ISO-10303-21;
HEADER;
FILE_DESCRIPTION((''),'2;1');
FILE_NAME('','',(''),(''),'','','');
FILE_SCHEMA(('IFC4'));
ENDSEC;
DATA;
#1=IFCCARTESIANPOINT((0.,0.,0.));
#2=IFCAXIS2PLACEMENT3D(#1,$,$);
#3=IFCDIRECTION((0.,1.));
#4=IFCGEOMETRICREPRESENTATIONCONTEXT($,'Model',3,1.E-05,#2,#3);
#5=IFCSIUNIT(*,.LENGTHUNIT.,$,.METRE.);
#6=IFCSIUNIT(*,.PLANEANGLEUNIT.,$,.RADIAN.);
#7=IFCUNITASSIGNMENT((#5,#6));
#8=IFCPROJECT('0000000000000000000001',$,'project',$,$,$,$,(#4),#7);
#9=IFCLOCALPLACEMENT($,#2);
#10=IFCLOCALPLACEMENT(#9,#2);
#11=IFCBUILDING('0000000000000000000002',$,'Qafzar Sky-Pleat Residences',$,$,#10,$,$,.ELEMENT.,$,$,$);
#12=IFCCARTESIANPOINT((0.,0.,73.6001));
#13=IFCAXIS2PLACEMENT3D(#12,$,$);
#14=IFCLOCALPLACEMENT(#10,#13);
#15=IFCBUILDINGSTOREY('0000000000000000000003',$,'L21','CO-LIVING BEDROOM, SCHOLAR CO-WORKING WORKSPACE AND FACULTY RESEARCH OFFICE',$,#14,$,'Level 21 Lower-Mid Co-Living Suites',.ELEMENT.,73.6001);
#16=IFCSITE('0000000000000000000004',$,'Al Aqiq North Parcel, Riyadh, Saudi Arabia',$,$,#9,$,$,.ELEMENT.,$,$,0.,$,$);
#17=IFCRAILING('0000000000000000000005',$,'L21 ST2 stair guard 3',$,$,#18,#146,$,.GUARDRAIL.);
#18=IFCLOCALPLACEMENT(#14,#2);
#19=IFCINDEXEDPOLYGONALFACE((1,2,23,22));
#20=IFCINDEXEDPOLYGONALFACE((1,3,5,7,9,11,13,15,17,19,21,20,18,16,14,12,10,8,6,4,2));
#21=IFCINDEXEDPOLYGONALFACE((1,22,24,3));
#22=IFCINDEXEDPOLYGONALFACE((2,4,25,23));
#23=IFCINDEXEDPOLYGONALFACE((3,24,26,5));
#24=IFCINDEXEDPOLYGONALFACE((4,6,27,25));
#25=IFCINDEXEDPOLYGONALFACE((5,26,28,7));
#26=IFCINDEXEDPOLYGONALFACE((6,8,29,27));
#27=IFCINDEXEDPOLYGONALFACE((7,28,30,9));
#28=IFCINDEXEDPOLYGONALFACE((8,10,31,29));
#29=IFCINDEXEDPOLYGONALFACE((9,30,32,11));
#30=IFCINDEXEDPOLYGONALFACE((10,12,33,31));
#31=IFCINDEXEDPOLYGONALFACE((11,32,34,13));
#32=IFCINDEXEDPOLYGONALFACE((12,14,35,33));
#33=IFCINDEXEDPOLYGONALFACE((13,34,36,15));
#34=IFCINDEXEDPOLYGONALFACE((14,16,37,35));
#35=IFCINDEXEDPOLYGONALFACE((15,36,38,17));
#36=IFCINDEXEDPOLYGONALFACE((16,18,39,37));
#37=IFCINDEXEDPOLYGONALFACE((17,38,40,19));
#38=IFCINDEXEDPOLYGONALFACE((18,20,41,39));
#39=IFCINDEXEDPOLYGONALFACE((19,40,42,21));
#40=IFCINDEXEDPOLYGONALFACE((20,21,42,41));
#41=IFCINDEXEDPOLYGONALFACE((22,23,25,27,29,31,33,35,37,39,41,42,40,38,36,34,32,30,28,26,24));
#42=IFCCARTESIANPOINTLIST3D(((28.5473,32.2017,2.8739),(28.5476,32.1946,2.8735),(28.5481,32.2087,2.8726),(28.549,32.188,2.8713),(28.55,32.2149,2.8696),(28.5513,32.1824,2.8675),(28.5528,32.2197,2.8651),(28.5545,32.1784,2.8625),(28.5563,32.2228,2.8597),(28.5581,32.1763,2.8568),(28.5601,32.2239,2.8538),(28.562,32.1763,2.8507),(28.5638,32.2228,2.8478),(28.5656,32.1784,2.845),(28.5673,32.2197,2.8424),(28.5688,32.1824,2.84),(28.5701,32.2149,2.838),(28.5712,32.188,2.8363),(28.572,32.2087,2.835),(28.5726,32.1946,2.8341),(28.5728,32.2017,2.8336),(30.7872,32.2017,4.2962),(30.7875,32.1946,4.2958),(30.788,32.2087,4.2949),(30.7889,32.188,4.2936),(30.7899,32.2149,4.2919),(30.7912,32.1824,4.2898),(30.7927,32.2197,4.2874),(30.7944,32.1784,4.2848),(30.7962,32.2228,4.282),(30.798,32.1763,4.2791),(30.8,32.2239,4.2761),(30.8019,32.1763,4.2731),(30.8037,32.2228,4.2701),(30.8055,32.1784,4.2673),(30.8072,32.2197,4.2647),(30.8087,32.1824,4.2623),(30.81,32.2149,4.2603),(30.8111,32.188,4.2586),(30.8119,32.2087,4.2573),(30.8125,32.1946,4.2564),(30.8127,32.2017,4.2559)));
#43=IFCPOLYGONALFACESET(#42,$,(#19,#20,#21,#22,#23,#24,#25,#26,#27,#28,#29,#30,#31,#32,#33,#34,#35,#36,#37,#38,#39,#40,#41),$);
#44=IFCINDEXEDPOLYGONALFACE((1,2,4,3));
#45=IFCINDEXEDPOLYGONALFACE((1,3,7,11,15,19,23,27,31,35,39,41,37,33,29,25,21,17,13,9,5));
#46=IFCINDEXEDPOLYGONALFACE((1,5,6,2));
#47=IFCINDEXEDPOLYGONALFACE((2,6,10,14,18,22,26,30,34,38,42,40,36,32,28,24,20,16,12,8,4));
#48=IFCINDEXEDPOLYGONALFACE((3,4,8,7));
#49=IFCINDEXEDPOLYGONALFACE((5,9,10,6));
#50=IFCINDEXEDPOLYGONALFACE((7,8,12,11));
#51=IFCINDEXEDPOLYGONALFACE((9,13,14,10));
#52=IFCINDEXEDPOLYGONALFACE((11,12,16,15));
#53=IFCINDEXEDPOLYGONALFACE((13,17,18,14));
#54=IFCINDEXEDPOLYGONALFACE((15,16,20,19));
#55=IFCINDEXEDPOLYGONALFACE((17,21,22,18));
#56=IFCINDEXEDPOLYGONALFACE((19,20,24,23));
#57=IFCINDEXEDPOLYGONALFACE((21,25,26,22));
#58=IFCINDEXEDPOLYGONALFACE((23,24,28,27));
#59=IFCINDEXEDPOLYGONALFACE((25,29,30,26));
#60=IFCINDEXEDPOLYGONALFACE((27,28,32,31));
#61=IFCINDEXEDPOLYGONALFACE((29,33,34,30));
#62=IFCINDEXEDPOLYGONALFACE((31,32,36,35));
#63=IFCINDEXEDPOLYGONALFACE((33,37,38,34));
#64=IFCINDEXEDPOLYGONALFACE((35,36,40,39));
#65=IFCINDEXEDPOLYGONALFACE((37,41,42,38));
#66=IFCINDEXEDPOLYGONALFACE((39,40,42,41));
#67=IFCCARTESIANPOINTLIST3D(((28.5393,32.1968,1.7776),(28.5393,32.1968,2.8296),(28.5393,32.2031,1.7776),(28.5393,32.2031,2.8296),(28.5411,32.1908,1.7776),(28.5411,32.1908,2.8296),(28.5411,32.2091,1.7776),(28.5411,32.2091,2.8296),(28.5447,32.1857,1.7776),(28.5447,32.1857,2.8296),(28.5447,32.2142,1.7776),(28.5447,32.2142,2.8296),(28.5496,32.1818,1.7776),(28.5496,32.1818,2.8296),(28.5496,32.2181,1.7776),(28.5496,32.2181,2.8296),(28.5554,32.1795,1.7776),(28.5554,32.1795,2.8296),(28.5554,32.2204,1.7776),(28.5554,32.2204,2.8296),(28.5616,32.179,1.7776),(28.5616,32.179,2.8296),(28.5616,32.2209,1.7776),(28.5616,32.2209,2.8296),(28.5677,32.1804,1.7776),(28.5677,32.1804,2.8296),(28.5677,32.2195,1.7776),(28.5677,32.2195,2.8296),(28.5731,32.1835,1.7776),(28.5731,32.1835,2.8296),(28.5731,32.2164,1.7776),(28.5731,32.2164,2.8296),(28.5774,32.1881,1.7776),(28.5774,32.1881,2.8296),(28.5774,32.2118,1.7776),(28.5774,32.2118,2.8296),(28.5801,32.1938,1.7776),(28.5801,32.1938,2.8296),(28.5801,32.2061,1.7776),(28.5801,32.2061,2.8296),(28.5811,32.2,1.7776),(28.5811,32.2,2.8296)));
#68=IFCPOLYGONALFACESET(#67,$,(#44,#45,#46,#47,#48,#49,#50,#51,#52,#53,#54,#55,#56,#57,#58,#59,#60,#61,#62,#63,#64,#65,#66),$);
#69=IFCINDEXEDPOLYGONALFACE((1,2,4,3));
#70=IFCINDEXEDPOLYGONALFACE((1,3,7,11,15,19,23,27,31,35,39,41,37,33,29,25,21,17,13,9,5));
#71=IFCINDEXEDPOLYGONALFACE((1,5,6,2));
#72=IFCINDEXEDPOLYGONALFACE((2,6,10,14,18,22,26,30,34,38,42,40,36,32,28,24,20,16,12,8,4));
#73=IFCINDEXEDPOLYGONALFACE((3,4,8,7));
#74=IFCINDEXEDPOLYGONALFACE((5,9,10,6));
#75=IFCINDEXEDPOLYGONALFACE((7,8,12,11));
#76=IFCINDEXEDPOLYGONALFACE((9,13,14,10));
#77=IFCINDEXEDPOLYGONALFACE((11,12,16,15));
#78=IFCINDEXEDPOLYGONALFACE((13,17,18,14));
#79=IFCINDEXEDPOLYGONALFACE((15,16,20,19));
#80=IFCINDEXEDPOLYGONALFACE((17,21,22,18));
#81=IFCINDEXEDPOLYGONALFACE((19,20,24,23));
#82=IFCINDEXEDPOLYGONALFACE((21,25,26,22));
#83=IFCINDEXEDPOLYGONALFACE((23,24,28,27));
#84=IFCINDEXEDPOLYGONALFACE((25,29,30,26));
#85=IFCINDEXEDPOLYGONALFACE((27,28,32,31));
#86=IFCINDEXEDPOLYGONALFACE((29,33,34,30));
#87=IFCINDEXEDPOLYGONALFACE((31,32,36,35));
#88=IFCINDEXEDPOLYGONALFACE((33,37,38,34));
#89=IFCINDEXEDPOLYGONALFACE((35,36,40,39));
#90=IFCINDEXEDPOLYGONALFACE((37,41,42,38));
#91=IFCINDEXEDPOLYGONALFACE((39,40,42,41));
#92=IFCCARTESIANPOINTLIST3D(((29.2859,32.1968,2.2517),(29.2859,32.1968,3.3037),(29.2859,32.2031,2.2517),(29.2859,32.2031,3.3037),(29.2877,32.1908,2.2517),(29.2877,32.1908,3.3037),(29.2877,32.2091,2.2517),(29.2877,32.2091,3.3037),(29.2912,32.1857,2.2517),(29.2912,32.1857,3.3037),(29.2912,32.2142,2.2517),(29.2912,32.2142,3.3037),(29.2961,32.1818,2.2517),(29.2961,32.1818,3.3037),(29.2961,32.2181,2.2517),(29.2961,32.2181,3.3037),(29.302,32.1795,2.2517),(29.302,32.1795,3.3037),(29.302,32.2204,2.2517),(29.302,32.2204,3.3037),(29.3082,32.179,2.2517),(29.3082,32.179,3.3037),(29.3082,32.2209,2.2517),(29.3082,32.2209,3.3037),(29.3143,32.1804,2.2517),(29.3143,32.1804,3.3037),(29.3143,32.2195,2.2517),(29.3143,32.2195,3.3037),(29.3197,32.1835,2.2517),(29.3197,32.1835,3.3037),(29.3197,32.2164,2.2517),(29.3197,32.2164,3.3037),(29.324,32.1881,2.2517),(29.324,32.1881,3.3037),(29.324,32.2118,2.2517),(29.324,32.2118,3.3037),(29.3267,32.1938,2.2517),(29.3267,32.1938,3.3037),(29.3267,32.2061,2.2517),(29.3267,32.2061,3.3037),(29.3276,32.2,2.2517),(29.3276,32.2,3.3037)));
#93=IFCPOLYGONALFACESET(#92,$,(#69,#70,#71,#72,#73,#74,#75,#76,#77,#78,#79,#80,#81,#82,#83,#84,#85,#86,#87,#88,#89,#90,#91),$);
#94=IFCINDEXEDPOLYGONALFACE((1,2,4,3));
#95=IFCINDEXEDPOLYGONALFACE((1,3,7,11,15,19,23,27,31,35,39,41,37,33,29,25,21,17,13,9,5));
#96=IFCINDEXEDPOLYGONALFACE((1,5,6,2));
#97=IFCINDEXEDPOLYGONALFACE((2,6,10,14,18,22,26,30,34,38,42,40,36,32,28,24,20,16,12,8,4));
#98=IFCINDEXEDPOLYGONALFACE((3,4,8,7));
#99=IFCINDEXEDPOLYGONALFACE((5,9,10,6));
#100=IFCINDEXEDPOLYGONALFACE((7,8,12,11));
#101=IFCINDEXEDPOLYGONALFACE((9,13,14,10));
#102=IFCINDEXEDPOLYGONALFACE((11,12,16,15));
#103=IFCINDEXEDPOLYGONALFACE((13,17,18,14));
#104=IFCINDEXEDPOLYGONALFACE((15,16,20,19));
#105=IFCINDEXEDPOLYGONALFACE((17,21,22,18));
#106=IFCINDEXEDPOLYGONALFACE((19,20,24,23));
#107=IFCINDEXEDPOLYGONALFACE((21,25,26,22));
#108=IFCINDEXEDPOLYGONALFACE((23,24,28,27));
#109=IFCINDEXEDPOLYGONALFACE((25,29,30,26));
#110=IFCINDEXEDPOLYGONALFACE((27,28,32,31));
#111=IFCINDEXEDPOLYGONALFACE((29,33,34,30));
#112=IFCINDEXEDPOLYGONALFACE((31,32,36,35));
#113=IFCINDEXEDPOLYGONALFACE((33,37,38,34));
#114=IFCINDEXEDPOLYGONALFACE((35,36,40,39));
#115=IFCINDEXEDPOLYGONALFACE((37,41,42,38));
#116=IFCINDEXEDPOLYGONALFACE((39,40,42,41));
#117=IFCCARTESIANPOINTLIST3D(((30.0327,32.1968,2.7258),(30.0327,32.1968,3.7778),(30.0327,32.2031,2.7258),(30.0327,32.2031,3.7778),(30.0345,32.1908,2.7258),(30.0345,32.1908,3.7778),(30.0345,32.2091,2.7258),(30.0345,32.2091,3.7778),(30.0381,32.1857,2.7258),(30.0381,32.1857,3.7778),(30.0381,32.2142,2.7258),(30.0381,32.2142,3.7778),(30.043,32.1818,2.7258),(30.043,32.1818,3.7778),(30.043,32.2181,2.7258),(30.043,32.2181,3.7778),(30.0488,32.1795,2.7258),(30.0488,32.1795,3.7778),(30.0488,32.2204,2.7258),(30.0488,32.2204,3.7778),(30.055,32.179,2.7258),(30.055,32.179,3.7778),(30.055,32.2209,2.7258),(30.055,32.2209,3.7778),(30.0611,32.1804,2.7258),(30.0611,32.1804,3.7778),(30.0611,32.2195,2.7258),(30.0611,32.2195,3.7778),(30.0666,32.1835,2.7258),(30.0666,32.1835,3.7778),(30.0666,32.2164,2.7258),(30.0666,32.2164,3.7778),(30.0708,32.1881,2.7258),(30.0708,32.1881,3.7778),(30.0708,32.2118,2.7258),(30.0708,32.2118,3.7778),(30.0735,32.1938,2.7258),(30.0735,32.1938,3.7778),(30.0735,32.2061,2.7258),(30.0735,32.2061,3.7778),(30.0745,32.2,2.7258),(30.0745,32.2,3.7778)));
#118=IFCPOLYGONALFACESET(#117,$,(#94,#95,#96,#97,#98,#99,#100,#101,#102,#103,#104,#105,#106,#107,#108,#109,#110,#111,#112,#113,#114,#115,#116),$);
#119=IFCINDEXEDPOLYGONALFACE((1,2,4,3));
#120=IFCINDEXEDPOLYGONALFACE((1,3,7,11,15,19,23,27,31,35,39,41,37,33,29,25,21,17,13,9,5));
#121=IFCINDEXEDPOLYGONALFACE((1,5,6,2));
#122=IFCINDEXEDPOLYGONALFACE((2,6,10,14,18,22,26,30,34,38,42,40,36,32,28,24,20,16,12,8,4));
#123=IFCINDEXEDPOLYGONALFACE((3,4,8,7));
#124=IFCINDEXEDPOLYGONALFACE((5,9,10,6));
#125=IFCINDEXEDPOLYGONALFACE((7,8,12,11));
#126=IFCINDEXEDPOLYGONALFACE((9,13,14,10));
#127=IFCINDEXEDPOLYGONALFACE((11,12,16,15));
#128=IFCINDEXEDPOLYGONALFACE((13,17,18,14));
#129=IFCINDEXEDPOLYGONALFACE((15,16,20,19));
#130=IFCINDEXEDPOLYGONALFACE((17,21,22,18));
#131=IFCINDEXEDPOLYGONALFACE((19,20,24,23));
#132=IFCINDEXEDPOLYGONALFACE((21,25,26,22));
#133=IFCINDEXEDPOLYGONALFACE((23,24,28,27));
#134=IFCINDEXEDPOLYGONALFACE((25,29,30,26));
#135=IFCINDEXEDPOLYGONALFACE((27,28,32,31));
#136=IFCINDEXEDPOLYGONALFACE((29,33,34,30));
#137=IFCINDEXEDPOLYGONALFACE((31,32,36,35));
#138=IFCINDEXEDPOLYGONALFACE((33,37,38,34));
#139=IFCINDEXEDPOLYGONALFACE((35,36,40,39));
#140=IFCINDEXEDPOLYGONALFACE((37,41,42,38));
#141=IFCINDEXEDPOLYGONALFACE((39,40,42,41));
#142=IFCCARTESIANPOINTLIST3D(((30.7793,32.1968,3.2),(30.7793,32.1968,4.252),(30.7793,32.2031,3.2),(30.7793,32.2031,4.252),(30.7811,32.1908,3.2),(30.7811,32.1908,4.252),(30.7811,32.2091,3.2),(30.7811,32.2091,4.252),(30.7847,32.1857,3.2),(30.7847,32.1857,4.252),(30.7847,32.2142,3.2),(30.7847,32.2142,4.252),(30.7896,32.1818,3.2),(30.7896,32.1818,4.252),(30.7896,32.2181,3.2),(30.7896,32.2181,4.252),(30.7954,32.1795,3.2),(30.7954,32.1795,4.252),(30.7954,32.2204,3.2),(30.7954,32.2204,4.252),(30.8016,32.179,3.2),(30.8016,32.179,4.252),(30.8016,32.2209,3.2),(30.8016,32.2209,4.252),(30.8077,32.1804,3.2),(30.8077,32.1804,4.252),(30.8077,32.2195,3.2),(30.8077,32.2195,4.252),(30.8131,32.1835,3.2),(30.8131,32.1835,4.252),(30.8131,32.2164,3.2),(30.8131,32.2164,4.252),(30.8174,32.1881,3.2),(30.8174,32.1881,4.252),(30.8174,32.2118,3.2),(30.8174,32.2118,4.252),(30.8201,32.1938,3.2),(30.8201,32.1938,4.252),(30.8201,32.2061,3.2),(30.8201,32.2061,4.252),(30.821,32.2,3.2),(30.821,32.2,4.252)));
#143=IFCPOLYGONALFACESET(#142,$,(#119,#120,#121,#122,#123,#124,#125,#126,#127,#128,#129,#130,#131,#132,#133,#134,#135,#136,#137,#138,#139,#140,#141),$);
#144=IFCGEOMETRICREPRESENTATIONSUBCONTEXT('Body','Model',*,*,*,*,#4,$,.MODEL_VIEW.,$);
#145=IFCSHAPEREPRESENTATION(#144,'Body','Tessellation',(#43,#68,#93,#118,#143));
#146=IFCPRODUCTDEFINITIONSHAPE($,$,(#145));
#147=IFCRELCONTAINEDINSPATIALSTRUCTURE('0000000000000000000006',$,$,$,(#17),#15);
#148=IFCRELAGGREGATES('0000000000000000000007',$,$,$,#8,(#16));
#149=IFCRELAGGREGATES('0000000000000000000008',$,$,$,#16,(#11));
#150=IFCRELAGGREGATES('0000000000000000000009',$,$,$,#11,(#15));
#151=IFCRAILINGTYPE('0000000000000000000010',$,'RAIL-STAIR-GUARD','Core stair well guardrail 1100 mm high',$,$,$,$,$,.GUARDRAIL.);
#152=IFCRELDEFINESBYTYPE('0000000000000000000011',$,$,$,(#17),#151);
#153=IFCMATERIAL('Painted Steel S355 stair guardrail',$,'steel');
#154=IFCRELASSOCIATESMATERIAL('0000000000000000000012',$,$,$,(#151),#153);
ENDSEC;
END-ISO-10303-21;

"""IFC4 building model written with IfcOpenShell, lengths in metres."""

from ifc_helpers import new_model, si_unit, direction, frame, origin, origin_2d, place, context, subcontext, project, spatial, circle, extrude, source, transform, mapped, material, type_object, element, save


model = new_model("IFC4")

# Units and contexts
model_context = context("Model", 3, precision=1e-05, world=origin(), true_north=direction((0.0, 1.0)))
body_context = subcontext(model_context, "Body", "Model", "MODEL_VIEW")
ifc_project = project(units=[si_unit("LENGTHUNIT", "METRE"), si_unit("PLANEANGLEUNIT", "RADIAN")], contexts=[model_context])

# Site, building, storey
site_placement = place(None, origin())
site = spatial("IfcSite", under=ifc_project, at=site_placement, Name="Al Aqiq North Parcel, Riyadh, Saudi Arabia", CompositionType="ELEMENT", RefElevation=0.0)
building_placement = place(site_placement, origin())
building = spatial("IfcBuilding", under=site, at=building_placement, Name="Qafzar Sky-Pleat Residences", CompositionType="ELEMENT")
storey_placement = place(building_placement, frame((0.0, 0.0, 73.6001)))
storey = spatial("IfcBuildingStorey", under=building, at=storey_placement, Name="L21", Description="CO-LIVING BEDROOM, SCHOLAR CO-WORKING WORKSPACE AND FACULTY RESEARCH OFFICE", LongName="Level 21 Lower-Mid Co-Living Suites", CompositionType="ELEMENT", Elevation=73.6001)

# Railing
ifc_material_1 = material(Name="Painted Steel S355 stair guardrail", Category="steel")
railing_type_1 = type_object("IfcRailingType", Name="RAIL-STAIR-GUARD", Description="Core stair well guardrail 1100 mm high", PredefinedType="GUARDRAIL", material=ifc_material_1)
shared_shape_1 = source(origin(), body_context, "Body", "SweptSolid", [
    extrude(circle(Radius=0.0239, at=origin_2d()), frame((0.0, 0.0, 1.0762), z_axis=(0.844188, 0.0, 0.536048), x_axis=(0.0, 1.0, 0.0)), (0.0, 0.0, 1.0), 2.6533),
    extrude(circle(Radius=0.021, at=origin_2d()), origin(), (0.0, 0.0, 1.0), 1.052),
    extrude(circle(Radius=0.021, at=origin_2d()), frame((0.7466, 0.0, 0.4741)), (0.0, 0.0, 1.0), 1.052),
    extrude(circle(Radius=0.021, at=origin_2d()), frame((1.4934, 0.0, 0.9482)), (0.0, 0.0, 1.0), 1.052),
    extrude(circle(Radius=0.021, at=origin_2d()), frame((2.24, 0.0, 1.4224)), (0.0, 0.0, 1.0), 1.052),
])
railing_1_placement = place(storey_placement, frame((28.5601, 32.2, 1.7776)))
element("IfcRailing", 1, at=railing_1_placement, inside=storey, type_object=railing_type_1, Name="L21 ST2 stair guard 3", PredefinedType="GUARDRAIL", context=body_context, shape_type="MappedRepresentation", body=[
    mapped(shared_shape_1, transform((0.0, 0.0, 0.0), x_axis=(1.0, 0.0, 0.0), y_axis=(0.0, 1.0, 0.0), z_axis=(0.0, 0.0, 1.0), scale=1.0)),
])

save(model, "model.ifc")
